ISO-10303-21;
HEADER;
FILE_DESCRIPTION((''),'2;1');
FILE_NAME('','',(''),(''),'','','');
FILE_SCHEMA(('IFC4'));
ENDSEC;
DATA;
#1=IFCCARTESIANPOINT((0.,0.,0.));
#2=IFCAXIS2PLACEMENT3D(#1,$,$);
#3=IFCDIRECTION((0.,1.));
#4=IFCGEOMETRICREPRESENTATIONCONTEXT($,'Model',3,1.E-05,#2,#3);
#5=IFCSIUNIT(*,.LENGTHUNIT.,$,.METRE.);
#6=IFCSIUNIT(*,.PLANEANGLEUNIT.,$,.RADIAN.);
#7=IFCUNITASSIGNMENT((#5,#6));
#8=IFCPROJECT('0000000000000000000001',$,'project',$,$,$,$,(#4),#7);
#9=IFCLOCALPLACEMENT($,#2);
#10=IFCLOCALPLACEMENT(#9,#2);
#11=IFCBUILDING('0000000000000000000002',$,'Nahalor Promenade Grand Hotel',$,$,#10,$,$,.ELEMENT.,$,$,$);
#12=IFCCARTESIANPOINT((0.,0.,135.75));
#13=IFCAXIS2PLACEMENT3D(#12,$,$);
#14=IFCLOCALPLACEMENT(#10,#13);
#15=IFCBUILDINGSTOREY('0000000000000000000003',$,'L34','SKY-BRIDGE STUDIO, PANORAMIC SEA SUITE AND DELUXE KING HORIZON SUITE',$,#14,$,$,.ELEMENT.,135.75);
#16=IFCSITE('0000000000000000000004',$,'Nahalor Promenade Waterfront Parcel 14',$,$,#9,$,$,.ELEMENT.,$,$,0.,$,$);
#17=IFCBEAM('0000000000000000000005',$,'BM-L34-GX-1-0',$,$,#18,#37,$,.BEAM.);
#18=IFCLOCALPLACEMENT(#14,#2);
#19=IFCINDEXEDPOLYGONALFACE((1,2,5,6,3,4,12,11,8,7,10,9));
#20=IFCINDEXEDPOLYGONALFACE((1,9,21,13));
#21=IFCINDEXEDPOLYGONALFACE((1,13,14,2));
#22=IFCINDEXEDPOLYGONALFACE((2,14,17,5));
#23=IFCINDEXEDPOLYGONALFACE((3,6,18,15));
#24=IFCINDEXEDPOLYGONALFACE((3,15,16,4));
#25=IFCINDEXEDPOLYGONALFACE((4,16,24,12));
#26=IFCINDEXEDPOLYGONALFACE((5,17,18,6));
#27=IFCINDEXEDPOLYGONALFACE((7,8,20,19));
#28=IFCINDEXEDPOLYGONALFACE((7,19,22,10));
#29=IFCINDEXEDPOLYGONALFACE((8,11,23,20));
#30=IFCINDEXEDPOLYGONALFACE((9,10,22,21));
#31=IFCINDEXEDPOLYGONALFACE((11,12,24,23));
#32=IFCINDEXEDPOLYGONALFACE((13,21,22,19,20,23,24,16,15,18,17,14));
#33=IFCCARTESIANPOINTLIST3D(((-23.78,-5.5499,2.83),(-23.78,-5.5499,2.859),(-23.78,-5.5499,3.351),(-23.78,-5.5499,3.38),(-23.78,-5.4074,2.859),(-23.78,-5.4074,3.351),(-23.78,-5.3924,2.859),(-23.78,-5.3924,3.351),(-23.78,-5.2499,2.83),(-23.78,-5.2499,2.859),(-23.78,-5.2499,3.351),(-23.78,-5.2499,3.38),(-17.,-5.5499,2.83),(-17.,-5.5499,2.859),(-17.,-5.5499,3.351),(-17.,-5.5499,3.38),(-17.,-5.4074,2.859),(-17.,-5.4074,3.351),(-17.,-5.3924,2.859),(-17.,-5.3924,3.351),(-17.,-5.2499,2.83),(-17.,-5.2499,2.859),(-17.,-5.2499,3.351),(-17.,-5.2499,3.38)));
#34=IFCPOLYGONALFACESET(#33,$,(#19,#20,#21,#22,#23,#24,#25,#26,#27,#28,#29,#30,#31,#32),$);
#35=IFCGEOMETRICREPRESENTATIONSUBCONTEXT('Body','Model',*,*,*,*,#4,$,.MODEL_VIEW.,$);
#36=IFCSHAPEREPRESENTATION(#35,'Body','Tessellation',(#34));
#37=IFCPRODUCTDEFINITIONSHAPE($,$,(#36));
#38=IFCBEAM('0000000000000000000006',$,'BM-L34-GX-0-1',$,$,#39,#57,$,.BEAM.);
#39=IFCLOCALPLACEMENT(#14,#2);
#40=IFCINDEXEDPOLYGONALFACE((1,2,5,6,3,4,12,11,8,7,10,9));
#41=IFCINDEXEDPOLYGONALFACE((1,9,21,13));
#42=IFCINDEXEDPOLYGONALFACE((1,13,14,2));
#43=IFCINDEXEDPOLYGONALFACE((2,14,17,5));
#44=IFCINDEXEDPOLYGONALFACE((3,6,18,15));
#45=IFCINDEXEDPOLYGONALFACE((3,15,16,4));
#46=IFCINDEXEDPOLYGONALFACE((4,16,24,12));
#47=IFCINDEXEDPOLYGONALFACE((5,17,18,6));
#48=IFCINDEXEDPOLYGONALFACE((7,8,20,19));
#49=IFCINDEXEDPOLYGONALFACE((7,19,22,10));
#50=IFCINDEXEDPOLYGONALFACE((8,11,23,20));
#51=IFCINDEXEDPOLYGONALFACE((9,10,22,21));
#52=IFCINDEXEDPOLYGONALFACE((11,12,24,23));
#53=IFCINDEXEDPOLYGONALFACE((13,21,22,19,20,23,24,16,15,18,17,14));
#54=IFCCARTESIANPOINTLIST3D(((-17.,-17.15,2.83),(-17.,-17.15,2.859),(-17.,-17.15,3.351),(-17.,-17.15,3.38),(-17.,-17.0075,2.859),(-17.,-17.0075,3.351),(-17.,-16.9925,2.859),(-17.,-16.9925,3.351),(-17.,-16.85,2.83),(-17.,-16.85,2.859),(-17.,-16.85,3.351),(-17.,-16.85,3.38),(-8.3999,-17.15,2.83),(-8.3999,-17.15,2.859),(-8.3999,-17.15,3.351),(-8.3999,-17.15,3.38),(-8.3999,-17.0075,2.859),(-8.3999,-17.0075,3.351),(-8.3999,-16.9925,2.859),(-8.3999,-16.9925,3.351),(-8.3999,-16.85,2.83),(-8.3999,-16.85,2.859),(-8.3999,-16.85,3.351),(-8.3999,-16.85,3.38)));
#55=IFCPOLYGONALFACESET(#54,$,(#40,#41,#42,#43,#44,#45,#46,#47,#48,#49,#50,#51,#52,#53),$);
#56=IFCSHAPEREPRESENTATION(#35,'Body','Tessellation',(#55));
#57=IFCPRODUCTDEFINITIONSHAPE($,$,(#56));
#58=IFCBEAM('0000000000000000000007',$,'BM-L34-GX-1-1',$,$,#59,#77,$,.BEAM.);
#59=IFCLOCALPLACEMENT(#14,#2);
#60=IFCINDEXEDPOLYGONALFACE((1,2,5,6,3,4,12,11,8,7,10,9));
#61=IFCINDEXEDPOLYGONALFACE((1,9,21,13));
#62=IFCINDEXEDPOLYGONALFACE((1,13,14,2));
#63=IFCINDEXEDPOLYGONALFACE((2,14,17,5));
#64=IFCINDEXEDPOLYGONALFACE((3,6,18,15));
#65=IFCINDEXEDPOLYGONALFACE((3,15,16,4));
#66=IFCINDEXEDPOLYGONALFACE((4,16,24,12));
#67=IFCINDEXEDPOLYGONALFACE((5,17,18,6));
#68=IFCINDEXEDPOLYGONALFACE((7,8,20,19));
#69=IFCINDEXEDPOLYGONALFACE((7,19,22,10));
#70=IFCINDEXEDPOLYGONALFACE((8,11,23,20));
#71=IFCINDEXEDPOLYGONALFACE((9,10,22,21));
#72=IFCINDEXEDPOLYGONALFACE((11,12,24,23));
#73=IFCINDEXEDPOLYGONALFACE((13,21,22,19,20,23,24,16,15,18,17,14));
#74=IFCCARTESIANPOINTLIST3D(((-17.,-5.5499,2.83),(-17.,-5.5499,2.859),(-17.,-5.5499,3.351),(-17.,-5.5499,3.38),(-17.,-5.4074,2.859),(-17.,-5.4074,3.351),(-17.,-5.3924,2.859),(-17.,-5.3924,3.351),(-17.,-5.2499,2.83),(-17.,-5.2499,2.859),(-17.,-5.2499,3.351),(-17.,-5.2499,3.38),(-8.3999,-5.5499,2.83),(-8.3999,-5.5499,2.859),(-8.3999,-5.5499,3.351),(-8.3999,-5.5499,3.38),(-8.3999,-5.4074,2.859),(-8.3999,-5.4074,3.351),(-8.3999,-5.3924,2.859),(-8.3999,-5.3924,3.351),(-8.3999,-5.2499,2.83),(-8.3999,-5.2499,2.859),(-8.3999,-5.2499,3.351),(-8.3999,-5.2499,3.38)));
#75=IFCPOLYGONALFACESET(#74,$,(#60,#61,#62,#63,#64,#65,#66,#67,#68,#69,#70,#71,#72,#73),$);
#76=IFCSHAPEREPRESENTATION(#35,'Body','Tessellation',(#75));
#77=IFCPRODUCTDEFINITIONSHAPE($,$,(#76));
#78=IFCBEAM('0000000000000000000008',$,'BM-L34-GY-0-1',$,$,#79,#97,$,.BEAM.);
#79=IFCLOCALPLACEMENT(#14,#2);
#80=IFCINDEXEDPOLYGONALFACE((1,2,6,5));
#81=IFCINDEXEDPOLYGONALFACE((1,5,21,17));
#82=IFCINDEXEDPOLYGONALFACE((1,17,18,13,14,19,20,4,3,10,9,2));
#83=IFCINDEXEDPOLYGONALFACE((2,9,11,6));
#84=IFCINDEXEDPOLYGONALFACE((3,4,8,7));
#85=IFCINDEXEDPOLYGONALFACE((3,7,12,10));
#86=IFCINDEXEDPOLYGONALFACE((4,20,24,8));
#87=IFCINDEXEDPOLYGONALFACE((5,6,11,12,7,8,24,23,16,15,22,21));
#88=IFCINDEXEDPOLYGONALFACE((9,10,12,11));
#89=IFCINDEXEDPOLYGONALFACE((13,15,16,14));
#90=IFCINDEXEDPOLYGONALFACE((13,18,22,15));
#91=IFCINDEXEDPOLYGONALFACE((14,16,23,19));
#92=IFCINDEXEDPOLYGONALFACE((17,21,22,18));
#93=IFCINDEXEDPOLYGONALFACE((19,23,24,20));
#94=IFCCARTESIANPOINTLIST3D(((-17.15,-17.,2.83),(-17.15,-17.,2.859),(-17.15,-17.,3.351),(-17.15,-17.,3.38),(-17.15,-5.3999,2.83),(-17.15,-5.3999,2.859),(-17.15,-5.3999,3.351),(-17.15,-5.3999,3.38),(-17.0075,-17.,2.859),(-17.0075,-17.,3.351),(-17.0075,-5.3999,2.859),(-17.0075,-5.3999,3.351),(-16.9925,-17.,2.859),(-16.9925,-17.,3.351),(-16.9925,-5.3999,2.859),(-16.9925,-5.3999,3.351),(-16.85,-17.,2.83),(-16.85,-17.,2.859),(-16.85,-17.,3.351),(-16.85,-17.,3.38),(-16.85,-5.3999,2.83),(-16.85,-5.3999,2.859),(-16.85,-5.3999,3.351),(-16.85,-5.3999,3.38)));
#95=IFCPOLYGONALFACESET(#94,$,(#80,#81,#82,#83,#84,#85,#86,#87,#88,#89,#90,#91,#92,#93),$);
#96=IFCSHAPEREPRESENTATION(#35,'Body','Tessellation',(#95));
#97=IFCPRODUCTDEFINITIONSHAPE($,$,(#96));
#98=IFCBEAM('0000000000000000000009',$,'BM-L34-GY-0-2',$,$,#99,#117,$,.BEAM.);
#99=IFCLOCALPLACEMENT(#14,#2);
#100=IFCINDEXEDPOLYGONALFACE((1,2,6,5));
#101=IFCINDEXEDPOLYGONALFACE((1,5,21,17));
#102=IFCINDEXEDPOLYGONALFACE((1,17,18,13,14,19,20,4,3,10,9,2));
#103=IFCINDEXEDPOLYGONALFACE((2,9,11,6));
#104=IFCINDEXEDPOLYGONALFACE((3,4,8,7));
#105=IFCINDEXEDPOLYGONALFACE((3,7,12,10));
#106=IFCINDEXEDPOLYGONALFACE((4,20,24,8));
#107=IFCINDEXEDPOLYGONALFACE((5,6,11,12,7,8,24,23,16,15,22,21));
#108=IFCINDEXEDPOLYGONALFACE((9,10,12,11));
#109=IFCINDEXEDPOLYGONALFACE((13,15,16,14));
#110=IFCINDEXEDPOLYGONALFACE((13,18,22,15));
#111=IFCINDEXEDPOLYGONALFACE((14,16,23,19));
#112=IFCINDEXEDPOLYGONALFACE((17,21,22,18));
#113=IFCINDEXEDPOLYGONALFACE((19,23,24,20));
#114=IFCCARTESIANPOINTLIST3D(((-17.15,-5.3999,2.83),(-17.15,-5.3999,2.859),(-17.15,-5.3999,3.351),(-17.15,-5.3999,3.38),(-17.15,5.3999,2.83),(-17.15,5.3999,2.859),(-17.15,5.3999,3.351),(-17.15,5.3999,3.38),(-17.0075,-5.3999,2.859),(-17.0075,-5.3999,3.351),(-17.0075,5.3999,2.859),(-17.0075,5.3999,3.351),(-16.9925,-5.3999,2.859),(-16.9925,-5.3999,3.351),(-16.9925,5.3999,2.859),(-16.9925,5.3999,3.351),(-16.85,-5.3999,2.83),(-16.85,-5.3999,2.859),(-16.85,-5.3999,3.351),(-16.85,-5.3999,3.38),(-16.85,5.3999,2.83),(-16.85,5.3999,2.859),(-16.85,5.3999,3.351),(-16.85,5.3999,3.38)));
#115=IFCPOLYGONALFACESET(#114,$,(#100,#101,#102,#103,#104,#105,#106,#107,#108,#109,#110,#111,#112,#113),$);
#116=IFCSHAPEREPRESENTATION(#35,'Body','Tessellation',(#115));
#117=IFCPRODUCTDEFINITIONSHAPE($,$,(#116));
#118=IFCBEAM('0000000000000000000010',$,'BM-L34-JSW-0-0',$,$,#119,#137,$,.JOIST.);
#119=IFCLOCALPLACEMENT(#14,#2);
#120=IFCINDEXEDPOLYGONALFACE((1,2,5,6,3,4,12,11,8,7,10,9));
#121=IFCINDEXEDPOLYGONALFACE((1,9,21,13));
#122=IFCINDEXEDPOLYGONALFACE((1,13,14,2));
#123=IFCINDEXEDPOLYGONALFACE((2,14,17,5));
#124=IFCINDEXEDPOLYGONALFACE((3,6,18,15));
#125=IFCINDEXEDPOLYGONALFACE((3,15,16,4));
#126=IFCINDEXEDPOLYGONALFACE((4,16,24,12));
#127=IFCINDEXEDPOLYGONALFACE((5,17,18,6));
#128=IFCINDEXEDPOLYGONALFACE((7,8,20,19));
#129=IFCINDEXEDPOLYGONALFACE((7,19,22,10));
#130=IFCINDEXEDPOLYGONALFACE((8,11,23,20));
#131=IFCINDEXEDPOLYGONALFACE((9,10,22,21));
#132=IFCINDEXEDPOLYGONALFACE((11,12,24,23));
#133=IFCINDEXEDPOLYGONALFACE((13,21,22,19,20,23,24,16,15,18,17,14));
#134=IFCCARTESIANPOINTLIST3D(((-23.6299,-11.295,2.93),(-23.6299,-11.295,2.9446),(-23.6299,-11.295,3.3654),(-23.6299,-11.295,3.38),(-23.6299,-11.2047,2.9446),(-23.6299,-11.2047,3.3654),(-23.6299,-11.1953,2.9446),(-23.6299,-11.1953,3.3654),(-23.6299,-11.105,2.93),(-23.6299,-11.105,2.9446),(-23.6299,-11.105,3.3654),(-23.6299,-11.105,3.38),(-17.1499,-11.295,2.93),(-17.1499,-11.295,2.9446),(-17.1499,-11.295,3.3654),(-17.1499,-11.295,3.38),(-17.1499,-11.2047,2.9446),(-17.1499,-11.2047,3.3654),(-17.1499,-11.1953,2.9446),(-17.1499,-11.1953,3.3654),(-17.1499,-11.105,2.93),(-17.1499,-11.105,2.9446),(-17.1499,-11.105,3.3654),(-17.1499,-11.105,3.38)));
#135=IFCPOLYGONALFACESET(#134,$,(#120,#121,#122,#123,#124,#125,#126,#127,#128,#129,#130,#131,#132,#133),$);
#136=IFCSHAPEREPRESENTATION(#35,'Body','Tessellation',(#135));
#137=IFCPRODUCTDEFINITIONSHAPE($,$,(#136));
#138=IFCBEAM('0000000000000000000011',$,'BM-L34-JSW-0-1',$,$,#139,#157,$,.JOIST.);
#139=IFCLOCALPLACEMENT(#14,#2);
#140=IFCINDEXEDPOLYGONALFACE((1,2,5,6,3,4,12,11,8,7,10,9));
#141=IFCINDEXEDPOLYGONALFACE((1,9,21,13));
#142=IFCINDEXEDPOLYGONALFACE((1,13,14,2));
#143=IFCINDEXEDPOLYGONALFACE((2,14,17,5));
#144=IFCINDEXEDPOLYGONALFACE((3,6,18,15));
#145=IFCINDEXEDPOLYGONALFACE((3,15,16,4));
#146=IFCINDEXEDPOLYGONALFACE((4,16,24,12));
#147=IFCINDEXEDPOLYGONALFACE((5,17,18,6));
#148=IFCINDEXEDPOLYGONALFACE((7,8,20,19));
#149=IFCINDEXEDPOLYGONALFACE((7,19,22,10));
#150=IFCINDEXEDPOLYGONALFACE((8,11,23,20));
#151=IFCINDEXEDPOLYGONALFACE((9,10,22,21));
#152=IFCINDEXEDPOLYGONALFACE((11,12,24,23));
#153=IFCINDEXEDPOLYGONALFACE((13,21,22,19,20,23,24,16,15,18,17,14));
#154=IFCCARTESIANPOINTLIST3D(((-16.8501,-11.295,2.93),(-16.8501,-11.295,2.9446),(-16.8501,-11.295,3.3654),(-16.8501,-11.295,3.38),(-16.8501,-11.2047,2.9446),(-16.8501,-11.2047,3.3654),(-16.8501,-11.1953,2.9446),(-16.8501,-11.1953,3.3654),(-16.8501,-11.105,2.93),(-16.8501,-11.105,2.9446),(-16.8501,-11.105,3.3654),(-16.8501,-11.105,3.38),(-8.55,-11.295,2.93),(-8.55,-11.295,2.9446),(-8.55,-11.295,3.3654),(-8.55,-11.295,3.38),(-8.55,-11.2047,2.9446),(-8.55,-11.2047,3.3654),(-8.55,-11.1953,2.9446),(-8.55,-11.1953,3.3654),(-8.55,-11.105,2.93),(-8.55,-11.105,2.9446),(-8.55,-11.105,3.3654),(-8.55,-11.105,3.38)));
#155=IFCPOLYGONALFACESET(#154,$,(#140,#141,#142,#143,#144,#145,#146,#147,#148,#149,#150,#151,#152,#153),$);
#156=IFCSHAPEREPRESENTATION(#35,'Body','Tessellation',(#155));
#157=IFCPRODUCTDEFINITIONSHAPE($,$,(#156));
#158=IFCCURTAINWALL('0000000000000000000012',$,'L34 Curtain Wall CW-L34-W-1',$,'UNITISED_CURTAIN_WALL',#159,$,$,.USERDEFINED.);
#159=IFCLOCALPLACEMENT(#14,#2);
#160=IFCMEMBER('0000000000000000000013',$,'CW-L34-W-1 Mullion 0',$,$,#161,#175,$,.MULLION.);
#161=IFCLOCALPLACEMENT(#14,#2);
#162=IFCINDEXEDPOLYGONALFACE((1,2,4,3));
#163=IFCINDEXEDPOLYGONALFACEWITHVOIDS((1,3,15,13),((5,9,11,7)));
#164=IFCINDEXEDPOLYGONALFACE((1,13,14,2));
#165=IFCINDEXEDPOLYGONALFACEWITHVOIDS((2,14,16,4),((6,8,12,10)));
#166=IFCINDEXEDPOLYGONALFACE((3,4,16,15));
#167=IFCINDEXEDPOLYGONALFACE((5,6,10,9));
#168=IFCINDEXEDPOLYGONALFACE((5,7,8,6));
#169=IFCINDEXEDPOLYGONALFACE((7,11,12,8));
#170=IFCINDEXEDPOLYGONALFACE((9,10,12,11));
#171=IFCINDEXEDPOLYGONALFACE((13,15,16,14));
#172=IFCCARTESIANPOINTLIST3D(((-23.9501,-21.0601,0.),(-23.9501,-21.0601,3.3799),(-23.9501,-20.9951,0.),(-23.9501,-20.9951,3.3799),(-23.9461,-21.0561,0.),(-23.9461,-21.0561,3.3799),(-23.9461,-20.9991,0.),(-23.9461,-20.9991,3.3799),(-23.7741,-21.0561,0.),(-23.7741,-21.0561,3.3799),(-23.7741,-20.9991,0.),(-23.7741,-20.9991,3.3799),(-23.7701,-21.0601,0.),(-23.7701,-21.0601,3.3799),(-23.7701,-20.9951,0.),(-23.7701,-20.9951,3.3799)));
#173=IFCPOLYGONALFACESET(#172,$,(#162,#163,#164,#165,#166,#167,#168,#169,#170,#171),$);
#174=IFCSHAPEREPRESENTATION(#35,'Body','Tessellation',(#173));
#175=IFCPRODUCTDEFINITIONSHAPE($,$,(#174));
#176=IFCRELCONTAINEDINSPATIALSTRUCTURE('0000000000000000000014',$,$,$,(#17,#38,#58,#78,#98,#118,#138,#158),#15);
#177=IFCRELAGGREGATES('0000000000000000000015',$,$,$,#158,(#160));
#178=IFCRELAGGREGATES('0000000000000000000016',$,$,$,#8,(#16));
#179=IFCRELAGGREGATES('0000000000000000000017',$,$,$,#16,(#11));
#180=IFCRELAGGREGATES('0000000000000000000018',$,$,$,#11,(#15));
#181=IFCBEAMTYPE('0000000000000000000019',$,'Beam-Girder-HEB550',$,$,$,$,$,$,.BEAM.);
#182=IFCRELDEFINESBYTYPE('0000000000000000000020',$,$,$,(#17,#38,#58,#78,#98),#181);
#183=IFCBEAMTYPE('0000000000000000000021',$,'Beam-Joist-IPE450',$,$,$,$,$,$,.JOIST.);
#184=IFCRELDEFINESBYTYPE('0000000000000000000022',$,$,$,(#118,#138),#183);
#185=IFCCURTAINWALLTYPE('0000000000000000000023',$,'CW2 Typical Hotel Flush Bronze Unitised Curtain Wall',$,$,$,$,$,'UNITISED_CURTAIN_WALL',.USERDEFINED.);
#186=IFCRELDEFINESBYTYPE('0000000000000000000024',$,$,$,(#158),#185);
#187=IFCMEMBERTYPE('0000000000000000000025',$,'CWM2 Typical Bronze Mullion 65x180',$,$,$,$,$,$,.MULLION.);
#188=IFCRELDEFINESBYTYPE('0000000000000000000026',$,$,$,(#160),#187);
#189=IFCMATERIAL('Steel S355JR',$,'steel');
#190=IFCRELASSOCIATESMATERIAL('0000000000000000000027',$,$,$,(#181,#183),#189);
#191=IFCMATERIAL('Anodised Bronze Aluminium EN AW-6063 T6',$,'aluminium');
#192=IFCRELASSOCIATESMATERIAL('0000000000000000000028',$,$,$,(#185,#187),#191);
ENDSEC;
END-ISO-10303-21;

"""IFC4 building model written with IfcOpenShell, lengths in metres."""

from ifc_helpers import new_model, si_unit, direction, frame, origin, origin_2d, place, context, subcontext, project, spatial, hollow_rectangle, i_section, extrude, source, transform, mapped, material, material_profile, profile_set, type_object, element, aggregate, save


model = new_model("IFC4")

# Units and contexts
model_context = context("Model", 3, precision=1e-05, world=origin(), true_north=direction((0.0, 1.0)))
body_context = subcontext(model_context, "Body", "Model", "MODEL_VIEW")
ifc_project = project(units=[si_unit("LENGTHUNIT", "METRE"), si_unit("PLANEANGLEUNIT", "RADIAN")], contexts=[model_context])

# Site, building, storey
site_placement = place(None, origin())
site = spatial("IfcSite", under=ifc_project, at=site_placement, Name="Nahalor Promenade Waterfront Parcel 14", CompositionType="ELEMENT", RefElevation=0.0)
building_placement = place(site_placement, origin())
building = spatial("IfcBuilding", under=site, at=building_placement, Name="Nahalor Promenade Grand Hotel", CompositionType="ELEMENT")
storey_placement = place(building_placement, frame((0.0, 0.0, 135.75)))
storey = spatial("IfcBuildingStorey", under=building, at=storey_placement, Name="L34", Description="SKY-BRIDGE STUDIO, PANORAMIC SEA SUITE AND DELUXE KING HORIZON SUITE", CompositionType="ELEMENT", Elevation=135.75)

# Beams
ifc_material_1 = material(Name="Steel S355JR", Category="steel")
ifc_material_profile_1 = material_profile(ifc_material_1, i_section(OverallWidth=0.3, OverallDepth=0.55, WebThickness=0.015, FlangeThickness=0.029, at=origin_2d()), Name="HEB 550")
ifc_profile_set_1 = profile_set([ifc_material_profile_1], Name="Steel S355JR")
beam_type_1 = type_object("IfcBeamType", Name="Beam-Girder-HEB550", PredefinedType="BEAM", material=ifc_profile_set_1)
shared_shape_1 = source(origin(), body_context, "Body", "SweptSolid", [
    extrude(i_section(OverallWidth=0.3, OverallDepth=0.55, WebThickness=0.015, FlangeThickness=0.029, at=origin_2d()), origin(), (0.0, 0.0, 1.0), 6.78),
])
for number, where, z_axis, x_axis, name in (
    (1, (-23.78, -5.3999, 3.105), (1.0, 0.0, 0.0), (0.0, 1.0, 0.0), "BM-L34-GX-1-0"),
):
    element("IfcBeam", number, at=place(storey_placement, frame(where, z_axis=z_axis, x_axis=x_axis)), inside=storey, type_object=beam_type_1, Name=name, PredefinedType="BEAM", context=body_context, shape_type="MappedRepresentation", body=[
        mapped(shared_shape_1, transform((0.0, 0.0, 0.0), scale=1.0)),
    ])
shared_shape_2 = source(origin(), body_context, "Body", "SweptSolid", [
    extrude(i_section(OverallWidth=0.3, OverallDepth=0.55, WebThickness=0.015, FlangeThickness=0.029, at=origin_2d()), origin(), (0.0, 0.0, 1.0), 8.6001),
])
for number, where, z_axis, x_axis, name in (
    (2, (-17.0, -17.0, 3.105), (1.0, 0.0, 0.0), (0.0, 1.0, 0.0), "BM-L34-GX-0-1"),
    (3, (-17.0, -5.3999, 3.105), (1.0, 0.0, 0.0), (0.0, 1.0, 0.0), "BM-L34-GX-1-1"),
):
    element("IfcBeam", number, at=place(storey_placement, frame(where, z_axis=z_axis, x_axis=x_axis)), inside=storey, type_object=beam_type_1, Name=name, PredefinedType="BEAM", context=body_context, shape_type="MappedRepresentation", body=[
        mapped(shared_shape_2, transform((0.0, 0.0, 0.0), scale=1.0)),
    ])
shared_shape_3 = source(origin(), body_context, "Body", "SweptSolid", [
    extrude(i_section(OverallWidth=0.3, OverallDepth=0.55, WebThickness=0.015, FlangeThickness=0.029, at=origin_2d()), origin(), (0.0, 0.0, 1.0), 11.6001),
])
beam_1_placement = place(storey_placement, frame((-17.0, -17.0, 3.105), z_axis=(0.0, 1.0, 0.0), x_axis=(-1.0, 0.0, 0.0)))
element("IfcBeam", 4, at=beam_1_placement, inside=storey, type_object=beam_type_1, Name="BM-L34-GY-0-1", PredefinedType="BEAM", context=body_context, shape_type="MappedRepresentation", body=[
    mapped(shared_shape_3, transform((0.0, 0.0, 0.0), scale=1.0)),
])
shared_shape_4 = source(origin(), body_context, "Body", "SweptSolid", [
    extrude(i_section(OverallWidth=0.3, OverallDepth=0.55, WebThickness=0.015, FlangeThickness=0.029, at=origin_2d()), origin(), (0.0, 0.0, 1.0), 10.7998),
])
beam_2_placement = place(storey_placement, frame((-17.0, -5.3999, 3.105), z_axis=(0.0, 1.0, 0.0), x_axis=(-1.0, 0.0, 0.0)))
element("IfcBeam", 5, at=beam_2_placement, inside=storey, type_object=beam_type_1, Name="BM-L34-GY-0-2", PredefinedType="BEAM", context=body_context, shape_type="MappedRepresentation", body=[
    mapped(shared_shape_4, transform((0.0, 0.0, 0.0), scale=1.0)),
])
ifc_material_profile_2 = material_profile(ifc_material_1, i_section(OverallWidth=0.19, OverallDepth=0.45, WebThickness=0.0094, FlangeThickness=0.0146, at=origin_2d()), Name="IPE 450")
ifc_profile_set_2 = profile_set([ifc_material_profile_2], Name="Steel S355JR")
beam_type_2 = type_object("IfcBeamType", Name="Beam-Joist-IPE450", PredefinedType="JOIST", material=ifc_profile_set_2)
shared_shape_5 = source(origin(), body_context, "Body", "SweptSolid", [
    extrude(i_section(OverallWidth=0.19, OverallDepth=0.45, WebThickness=0.0094, FlangeThickness=0.0146, at=origin_2d()), origin(), (0.0, 0.0, 1.0), 6.48),
])
beam_3_placement = place(storey_placement, frame((-23.6299, -11.2, 3.155), z_axis=(1.0, 0.0, 0.0), x_axis=(0.0, 1.0, 0.0)))
element("IfcBeam", 6, at=beam_3_placement, inside=storey, type_object=beam_type_2, Name="BM-L34-JSW-0-0", PredefinedType="JOIST", context=body_context, shape_type="MappedRepresentation", body=[
    mapped(shared_shape_5, transform((0.0, 0.0, 0.0), scale=1.0)),
])
shared_shape_6 = source(origin(), body_context, "Body", "SweptSolid", [
    extrude(i_section(OverallWidth=0.19, OverallDepth=0.45, WebThickness=0.0094, FlangeThickness=0.0146, at=origin_2d()), origin(), (0.0, 0.0, 1.0), 8.3),
])
beam_4_placement = place(storey_placement, frame((-16.8501, -11.2, 3.155), z_axis=(1.0, 0.0, 0.0), x_axis=(0.0, 1.0, 0.0)))
element("IfcBeam", 7, at=beam_4_placement, inside=storey, type_object=beam_type_2, Name="BM-L34-JSW-0-1", PredefinedType="JOIST", context=body_context, shape_type="MappedRepresentation", body=[
    mapped(shared_shape_6, transform((0.0, 0.0, 0.0), scale=1.0)),
])

# Curtain wall, member
ifc_material_2 = material(Name="Anodised Bronze Aluminium EN AW-6063 T6", Category="aluminium")
curtain_wall_type = type_object("IfcCurtainWallType", Name="CW2 Typical Hotel Flush Bronze Unitised Curtain Wall", ElementType="UNITISED_CURTAIN_WALL", PredefinedType="USERDEFINED", material=ifc_material_2)
curtain_wall_placement = place(storey_placement, origin())
curtain_wall = element("IfcCurtainWall", 8, at=curtain_wall_placement, inside=storey, type_object=curtain_wall_type, Name="L34 Curtain Wall CW-L34-W-1", ObjectType="UNITISED_CURTAIN_WALL", PredefinedType="USERDEFINED")
ifc_material_profile_3 = material_profile(ifc_material_2, hollow_rectangle(XDim=0.065, YDim=0.18, WallThickness=0.004, at=origin_2d()), Name="CWM 65x180x4")
ifc_profile_set_3 = profile_set([ifc_material_profile_3], Name="Anodised Bronze Aluminium EN AW-6063 T6")
member_type_1 = type_object("IfcMemberType", Name="CWM2 Typical Bronze Mullion 65x180", PredefinedType="MULLION", material=ifc_profile_set_3)
shared_shape_7 = source(origin(), body_context, "Body", "SweptSolid", [
    extrude(hollow_rectangle(XDim=0.065, YDim=0.18, WallThickness=0.004, at=origin_2d()), origin(), (0.0, 0.0, 1.0), 3.3799),
])
member_1_placement = place(storey_placement, frame((-23.8601, -21.0276, 0.0), z_axis=(0.0, 0.0, 1.0), x_axis=(0.0, 1.0, 0.0)))
member_1 = element("IfcMember", 9, at=member_1_placement, type_object=member_type_1, Name="CW-L34-W-1 Mullion 0", PredefinedType="MULLION", context=body_context, shape_type="MappedRepresentation", body=[
    mapped(shared_shape_7, transform((0.0, 0.0, 0.0), scale=1.0)),
])
aggregate(curtain_wall, [member_1])

save(model, "model.ifc")
